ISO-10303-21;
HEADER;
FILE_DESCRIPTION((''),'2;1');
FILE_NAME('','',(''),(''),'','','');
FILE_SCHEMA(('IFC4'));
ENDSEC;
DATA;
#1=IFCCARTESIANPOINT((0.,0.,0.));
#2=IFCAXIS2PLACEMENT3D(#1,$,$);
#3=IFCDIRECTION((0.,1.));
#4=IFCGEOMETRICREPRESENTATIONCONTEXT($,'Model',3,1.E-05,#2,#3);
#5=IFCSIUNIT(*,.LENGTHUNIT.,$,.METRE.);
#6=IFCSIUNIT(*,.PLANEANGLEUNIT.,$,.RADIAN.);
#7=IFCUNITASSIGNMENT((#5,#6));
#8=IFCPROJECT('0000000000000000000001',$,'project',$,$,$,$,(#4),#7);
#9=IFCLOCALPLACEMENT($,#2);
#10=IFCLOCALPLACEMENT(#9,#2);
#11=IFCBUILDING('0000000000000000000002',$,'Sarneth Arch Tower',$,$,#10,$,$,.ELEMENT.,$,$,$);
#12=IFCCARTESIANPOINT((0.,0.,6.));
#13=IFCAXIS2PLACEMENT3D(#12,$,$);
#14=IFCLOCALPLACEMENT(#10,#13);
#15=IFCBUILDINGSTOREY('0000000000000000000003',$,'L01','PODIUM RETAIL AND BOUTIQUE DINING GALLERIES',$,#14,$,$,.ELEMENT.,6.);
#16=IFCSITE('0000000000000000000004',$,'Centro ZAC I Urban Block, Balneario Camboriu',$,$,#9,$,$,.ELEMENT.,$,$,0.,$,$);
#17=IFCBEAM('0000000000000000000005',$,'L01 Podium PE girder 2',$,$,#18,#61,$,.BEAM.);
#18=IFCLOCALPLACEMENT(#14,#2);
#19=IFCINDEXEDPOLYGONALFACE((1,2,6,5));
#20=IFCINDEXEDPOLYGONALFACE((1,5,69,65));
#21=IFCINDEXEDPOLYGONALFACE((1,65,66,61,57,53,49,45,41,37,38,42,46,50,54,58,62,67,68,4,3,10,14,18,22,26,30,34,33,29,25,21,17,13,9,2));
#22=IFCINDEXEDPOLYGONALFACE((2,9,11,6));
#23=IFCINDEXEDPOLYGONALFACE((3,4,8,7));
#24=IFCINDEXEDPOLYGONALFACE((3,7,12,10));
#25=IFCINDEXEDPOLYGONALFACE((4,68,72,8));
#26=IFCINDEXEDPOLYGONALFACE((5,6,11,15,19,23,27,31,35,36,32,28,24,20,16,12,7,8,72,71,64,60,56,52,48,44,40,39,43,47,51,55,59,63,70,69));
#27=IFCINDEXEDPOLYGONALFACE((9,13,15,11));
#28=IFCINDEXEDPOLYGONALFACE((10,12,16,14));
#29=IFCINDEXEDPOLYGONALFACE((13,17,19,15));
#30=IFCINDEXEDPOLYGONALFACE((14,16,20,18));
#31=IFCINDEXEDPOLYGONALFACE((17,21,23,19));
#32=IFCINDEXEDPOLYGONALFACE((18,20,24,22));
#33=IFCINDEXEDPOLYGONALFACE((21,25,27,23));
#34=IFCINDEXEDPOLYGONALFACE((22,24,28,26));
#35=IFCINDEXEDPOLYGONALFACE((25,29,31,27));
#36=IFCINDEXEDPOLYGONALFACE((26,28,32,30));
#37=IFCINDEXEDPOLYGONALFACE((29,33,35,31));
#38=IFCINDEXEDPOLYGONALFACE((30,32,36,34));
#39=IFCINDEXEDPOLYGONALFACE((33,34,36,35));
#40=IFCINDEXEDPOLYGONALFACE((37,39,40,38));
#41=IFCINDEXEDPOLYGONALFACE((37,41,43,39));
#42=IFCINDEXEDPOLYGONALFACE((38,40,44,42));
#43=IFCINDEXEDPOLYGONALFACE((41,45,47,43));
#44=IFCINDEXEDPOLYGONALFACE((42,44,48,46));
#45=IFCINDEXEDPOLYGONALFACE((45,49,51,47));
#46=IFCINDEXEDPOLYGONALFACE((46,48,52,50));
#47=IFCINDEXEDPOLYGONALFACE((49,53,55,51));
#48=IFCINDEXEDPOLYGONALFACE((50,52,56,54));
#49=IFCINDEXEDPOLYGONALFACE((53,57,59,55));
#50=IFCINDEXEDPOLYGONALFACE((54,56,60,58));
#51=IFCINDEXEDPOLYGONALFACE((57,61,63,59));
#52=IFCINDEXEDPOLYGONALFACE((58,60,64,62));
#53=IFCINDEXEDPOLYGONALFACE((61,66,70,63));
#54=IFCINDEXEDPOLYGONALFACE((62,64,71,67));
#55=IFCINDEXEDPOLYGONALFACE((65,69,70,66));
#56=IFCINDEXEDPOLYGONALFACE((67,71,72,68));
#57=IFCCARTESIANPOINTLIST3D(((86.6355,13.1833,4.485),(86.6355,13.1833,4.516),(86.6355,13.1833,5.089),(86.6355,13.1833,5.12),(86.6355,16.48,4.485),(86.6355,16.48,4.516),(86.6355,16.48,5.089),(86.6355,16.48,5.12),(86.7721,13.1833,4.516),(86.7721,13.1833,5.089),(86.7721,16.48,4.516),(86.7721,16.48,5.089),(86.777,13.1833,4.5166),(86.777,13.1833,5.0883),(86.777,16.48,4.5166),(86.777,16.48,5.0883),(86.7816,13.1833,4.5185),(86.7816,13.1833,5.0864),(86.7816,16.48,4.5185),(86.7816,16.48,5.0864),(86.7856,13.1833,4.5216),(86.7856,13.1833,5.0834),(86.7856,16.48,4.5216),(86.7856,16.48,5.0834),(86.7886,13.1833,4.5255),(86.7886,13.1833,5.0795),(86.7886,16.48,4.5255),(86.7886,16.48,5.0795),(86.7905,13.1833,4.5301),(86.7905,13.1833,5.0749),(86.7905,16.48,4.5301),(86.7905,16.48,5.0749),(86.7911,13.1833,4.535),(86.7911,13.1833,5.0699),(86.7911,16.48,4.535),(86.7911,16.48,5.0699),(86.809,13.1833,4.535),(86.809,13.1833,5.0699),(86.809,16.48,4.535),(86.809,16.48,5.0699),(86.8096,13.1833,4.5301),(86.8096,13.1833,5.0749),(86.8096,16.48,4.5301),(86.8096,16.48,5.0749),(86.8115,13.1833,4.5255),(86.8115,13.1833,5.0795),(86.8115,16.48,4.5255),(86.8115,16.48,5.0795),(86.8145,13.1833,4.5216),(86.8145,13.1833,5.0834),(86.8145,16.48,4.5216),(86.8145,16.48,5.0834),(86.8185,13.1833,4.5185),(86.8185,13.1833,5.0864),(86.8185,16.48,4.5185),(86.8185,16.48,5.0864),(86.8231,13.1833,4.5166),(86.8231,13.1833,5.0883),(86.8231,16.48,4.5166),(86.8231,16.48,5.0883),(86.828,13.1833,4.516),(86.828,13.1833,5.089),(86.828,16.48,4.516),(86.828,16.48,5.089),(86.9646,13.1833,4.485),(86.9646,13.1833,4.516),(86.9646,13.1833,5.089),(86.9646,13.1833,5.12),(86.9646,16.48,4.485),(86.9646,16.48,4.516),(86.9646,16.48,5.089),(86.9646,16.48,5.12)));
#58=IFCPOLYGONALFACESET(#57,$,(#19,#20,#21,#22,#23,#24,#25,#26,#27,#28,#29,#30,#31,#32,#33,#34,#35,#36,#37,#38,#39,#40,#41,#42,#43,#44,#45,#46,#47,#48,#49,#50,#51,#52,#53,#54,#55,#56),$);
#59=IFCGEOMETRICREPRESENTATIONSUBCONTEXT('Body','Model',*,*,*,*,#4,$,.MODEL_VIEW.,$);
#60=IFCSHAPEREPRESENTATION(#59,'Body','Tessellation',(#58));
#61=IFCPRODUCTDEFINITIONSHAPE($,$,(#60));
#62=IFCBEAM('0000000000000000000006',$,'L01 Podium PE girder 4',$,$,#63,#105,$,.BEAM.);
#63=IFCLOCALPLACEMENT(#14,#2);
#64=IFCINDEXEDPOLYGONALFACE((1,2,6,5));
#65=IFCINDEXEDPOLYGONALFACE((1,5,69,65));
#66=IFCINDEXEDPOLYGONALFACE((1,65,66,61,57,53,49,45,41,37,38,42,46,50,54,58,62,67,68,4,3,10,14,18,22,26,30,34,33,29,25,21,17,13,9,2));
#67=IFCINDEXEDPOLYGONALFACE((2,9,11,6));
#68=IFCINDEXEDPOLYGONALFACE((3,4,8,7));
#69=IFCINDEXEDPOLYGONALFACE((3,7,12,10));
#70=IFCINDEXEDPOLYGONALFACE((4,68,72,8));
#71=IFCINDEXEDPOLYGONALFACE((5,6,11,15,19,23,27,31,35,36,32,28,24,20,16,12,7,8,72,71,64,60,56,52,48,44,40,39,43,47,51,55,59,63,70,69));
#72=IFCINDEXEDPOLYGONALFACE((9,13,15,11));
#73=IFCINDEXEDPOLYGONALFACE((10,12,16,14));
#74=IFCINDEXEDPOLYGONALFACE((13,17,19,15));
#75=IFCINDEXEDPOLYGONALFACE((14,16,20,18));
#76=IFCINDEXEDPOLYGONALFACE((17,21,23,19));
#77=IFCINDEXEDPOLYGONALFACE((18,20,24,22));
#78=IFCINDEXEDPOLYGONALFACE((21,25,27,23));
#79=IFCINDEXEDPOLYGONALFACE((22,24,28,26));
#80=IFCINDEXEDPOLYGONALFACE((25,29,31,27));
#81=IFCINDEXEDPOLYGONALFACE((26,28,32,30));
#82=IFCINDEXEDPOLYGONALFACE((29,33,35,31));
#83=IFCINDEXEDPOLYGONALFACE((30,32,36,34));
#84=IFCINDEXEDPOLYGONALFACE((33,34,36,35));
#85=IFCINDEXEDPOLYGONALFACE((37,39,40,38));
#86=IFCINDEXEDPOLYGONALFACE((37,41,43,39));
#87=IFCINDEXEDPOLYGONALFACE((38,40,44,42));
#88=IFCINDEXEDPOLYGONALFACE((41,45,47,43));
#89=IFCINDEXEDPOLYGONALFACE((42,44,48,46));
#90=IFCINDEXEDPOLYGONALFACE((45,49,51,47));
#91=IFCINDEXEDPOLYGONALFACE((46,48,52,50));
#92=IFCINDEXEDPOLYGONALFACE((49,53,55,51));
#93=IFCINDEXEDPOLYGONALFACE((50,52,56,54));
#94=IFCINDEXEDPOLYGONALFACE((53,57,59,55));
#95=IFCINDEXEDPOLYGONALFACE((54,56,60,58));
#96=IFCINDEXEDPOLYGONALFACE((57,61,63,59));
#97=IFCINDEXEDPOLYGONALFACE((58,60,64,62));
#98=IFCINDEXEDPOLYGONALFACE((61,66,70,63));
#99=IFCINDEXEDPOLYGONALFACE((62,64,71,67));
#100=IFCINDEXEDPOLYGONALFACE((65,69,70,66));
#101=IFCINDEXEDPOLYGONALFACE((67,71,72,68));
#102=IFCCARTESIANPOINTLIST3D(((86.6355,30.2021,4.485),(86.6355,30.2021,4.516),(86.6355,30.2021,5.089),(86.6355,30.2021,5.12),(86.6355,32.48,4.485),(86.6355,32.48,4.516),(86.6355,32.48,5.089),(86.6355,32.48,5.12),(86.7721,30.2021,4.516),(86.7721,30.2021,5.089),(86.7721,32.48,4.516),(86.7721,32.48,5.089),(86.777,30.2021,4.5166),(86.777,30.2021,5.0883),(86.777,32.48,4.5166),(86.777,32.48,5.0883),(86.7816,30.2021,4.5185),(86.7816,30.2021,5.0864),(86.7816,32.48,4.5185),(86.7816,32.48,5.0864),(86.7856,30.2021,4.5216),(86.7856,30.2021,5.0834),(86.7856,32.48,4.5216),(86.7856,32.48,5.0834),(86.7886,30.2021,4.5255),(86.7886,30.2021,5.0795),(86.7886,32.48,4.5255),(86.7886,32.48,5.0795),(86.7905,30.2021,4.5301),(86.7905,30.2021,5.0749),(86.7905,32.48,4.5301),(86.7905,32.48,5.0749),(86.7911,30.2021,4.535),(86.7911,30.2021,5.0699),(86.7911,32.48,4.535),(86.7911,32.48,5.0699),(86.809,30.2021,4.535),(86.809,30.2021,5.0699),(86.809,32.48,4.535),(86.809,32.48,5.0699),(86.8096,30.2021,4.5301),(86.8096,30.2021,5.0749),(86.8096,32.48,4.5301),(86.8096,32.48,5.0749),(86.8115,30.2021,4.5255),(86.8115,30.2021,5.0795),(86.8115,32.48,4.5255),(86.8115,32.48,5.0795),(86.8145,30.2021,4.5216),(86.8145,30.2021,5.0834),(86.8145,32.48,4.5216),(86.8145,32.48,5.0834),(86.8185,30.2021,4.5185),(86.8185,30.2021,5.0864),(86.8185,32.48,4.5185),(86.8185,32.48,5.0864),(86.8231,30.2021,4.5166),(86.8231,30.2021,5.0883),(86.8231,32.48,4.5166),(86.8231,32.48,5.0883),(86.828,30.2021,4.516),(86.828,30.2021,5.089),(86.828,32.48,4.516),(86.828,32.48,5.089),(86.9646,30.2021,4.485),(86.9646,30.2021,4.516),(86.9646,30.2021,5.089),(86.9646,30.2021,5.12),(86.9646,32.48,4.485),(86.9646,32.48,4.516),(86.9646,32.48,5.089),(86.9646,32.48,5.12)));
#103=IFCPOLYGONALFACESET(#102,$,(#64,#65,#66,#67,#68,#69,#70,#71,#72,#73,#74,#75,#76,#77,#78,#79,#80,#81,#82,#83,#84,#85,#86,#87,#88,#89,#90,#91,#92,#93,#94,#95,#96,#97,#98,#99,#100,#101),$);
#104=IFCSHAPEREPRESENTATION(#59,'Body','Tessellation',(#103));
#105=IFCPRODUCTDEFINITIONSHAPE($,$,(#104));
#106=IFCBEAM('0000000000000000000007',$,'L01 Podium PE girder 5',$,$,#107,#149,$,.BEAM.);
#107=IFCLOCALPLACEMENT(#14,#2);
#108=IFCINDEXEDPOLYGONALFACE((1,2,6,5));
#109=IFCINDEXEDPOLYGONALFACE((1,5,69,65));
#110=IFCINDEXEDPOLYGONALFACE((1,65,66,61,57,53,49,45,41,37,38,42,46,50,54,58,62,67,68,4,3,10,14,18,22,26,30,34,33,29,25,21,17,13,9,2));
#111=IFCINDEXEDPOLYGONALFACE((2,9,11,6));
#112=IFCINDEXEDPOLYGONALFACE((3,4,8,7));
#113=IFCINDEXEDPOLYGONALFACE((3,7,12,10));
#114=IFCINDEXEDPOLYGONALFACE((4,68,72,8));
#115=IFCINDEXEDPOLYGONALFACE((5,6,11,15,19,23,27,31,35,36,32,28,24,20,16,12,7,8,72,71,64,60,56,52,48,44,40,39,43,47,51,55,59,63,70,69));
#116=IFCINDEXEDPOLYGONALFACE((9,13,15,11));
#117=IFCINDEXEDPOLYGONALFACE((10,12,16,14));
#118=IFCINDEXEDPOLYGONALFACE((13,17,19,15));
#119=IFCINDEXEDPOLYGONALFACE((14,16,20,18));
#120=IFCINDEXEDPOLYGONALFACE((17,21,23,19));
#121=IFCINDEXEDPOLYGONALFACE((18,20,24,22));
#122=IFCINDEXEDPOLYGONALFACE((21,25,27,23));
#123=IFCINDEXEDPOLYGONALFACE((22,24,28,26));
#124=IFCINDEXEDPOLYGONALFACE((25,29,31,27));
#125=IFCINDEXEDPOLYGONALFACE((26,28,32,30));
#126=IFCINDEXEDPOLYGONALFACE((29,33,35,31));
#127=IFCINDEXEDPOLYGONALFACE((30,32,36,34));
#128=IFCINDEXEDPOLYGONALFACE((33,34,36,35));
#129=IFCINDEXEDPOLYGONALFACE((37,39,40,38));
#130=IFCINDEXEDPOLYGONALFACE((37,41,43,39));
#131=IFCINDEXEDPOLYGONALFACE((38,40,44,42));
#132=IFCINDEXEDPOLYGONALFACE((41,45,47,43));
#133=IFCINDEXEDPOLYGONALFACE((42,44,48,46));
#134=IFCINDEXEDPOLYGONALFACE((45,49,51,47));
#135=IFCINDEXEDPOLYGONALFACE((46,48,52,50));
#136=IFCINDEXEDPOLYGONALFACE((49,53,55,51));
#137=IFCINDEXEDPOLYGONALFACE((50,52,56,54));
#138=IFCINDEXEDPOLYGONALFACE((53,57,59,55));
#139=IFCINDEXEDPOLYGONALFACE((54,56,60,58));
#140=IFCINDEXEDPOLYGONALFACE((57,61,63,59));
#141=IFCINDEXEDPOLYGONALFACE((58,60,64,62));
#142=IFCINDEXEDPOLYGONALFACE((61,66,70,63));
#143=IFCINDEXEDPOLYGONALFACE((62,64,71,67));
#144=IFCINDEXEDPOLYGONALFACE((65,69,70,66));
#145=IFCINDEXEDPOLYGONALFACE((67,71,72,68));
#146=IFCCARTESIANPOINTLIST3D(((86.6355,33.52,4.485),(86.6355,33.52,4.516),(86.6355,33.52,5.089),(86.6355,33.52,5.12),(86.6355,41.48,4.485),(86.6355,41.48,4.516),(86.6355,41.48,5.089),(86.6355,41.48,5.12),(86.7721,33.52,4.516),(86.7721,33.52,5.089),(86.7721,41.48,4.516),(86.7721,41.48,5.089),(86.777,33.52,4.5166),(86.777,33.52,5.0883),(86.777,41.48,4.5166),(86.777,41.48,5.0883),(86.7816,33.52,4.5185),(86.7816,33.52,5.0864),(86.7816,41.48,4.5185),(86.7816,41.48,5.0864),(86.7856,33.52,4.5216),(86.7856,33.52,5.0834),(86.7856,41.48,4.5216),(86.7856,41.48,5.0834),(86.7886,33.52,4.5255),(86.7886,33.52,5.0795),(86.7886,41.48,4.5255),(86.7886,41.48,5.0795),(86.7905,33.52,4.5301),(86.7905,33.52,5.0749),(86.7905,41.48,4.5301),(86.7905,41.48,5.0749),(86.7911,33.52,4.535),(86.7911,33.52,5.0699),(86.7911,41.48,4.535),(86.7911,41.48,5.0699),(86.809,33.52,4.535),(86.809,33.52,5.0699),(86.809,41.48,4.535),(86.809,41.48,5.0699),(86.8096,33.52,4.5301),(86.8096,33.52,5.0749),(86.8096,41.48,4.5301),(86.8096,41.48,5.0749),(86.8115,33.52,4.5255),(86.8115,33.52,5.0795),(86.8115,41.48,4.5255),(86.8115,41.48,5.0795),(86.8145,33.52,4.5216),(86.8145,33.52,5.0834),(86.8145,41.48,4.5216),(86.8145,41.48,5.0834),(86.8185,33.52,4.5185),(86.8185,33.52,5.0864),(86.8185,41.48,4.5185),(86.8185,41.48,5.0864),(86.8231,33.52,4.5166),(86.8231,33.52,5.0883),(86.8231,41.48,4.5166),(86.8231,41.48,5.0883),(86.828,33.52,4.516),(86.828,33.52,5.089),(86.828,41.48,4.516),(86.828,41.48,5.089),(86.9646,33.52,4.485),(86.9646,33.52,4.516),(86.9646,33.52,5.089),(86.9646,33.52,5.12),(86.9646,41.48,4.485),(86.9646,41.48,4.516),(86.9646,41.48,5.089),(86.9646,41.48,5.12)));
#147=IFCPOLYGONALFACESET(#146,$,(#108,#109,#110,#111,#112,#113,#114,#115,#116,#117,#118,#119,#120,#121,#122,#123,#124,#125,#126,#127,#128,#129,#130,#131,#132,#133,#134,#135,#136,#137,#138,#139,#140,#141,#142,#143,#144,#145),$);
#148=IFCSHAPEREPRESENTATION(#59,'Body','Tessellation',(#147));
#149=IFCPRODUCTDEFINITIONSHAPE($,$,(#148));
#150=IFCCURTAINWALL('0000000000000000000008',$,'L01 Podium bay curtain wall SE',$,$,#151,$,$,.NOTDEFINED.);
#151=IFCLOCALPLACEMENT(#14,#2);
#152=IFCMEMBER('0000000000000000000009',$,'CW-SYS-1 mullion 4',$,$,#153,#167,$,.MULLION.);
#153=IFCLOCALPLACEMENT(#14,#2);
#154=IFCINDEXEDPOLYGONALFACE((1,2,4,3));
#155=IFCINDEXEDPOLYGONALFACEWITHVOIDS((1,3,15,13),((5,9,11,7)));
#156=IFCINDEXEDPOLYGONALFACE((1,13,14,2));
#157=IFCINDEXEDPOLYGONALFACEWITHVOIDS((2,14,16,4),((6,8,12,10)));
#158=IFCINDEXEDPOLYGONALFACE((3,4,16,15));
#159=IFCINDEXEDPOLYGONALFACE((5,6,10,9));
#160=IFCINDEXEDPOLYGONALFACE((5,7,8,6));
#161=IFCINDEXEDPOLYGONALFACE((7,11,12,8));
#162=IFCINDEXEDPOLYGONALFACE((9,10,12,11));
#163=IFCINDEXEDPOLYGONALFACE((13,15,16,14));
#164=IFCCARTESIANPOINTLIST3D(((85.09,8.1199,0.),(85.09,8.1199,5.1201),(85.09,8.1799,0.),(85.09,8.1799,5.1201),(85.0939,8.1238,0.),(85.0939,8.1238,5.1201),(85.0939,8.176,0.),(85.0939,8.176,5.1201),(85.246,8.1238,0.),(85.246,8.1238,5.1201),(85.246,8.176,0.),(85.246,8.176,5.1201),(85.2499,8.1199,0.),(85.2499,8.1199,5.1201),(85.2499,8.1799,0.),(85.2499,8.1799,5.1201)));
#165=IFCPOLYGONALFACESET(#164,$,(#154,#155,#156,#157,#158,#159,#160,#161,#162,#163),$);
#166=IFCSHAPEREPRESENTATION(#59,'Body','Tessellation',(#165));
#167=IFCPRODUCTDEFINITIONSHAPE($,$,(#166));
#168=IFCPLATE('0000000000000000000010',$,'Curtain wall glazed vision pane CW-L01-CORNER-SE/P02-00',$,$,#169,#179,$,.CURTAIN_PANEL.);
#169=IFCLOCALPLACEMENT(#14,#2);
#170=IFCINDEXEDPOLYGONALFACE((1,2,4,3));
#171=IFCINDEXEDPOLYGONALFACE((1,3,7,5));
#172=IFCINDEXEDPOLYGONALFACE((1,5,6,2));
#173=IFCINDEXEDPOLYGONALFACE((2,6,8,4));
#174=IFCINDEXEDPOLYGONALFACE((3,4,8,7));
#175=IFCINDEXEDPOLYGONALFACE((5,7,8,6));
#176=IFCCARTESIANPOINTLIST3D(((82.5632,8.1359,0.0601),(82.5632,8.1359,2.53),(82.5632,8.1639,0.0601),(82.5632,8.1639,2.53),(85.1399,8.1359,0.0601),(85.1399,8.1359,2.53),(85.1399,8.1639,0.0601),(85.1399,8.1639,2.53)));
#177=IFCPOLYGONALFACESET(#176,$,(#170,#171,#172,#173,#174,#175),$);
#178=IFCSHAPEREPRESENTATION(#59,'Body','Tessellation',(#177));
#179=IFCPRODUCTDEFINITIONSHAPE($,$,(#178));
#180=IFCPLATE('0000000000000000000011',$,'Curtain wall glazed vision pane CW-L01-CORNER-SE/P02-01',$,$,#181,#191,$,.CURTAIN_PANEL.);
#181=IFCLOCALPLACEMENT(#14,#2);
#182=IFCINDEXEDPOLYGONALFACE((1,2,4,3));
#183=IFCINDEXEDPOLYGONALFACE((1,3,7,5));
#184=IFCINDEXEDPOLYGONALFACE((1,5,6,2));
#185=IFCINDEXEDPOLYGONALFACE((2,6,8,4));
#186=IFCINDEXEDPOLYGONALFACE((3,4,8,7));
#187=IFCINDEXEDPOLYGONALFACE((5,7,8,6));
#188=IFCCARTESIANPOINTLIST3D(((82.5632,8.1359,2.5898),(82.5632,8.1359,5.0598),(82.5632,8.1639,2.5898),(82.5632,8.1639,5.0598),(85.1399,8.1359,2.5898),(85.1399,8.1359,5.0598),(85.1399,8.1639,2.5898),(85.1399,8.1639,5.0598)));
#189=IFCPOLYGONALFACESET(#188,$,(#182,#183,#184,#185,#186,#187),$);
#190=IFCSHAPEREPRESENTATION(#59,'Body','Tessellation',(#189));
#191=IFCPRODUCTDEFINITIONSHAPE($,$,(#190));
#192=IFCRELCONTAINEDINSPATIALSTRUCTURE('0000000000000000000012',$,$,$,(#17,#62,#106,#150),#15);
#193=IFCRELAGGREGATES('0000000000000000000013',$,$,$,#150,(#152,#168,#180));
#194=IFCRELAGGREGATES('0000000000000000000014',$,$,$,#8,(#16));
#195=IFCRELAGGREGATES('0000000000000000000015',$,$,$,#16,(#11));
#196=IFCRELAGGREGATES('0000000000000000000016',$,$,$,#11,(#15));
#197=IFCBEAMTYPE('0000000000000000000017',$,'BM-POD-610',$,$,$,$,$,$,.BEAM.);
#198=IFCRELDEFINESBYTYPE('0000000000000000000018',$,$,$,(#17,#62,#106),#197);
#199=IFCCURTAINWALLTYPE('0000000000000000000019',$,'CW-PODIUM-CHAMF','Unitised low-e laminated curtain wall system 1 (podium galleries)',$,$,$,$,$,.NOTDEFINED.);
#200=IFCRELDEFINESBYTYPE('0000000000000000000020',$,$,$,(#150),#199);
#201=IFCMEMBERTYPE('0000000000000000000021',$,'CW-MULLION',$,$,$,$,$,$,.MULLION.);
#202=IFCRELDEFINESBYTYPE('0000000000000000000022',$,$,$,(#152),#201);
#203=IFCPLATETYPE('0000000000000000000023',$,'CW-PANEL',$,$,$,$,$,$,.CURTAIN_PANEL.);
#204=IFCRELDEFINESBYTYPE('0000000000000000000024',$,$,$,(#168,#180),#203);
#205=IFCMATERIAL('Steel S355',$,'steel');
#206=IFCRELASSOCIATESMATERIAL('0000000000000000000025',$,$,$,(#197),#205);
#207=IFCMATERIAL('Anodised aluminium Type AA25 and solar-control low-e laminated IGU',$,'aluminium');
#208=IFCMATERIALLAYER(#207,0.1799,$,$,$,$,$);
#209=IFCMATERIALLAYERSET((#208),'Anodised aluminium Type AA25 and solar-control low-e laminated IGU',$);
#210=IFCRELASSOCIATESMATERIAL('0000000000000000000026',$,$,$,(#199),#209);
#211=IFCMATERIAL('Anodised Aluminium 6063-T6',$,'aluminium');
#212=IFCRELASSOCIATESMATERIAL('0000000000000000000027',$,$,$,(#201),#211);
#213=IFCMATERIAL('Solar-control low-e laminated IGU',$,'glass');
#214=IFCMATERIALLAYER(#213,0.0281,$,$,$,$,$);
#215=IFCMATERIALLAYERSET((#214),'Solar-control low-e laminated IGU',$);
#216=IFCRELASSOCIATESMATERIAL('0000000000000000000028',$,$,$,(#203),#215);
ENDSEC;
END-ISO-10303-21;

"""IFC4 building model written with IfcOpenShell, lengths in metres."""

from ifc_helpers import new_model, si_unit, direction, frame, origin, origin_2d, place, context, subcontext, project, spatial, rectangle, hollow_rectangle, i_section, extrude, material, layer, layer_set, material_profile, profile_set, type_object, element, aggregate, save


model = new_model("IFC4")

# Units and contexts
model_context = context("Model", 3, precision=1e-05, world=origin(), true_north=direction((0.0, 1.0)))
body_context = subcontext(model_context, "Body", "Model", "MODEL_VIEW")
ifc_project = project(units=[si_unit("LENGTHUNIT", "METRE"), si_unit("PLANEANGLEUNIT", "RADIAN")], contexts=[model_context])

# Site, building, storey
site_placement = place(None, origin())
site = spatial("IfcSite", under=ifc_project, at=site_placement, Name="Centro ZAC I Urban Block, Balneario Camboriu", CompositionType="ELEMENT", RefElevation=0.0)
building_placement = place(site_placement, origin())
building = spatial("IfcBuilding", under=site, at=building_placement, Name="Sarneth Arch Tower", CompositionType="ELEMENT")
storey_placement = place(building_placement, frame((0.0, 0.0, 6.0)))
storey = spatial("IfcBuildingStorey", under=building, at=storey_placement, Name="L01", Description="PODIUM RETAIL AND BOUTIQUE DINING GALLERIES", CompositionType="ELEMENT", Elevation=6.0)

# Beams
ifc_material_1 = material(Name="Steel S355", Category="steel")
ifc_material_profile_1 = material_profile(ifc_material_1, i_section(OverallWidth=0.3291, OverallDepth=0.635, WebThickness=0.0178, FlangeThickness=0.031, FilletRadius=0.019, at=origin_2d()), Name="W610x241")
ifc_profile_set_1 = profile_set([ifc_material_profile_1], Name="Steel S355")
beam_type = type_object("IfcBeamType", Name="BM-POD-610", PredefinedType="BEAM", material=ifc_profile_set_1)
beam_1_placement = place(storey_placement, frame((86.8, 13.1833, 4.8025), z_axis=(0.0, 1.0, 0.0), x_axis=(-1.0, 0.0, 0.0)))
element("IfcBeam", 1, at=beam_1_placement, inside=storey, type_object=beam_type, Name="L01 Podium PE girder 2", PredefinedType="BEAM", context=body_context, shape_type="SweptSolid", body=[
    extrude(i_section(OverallWidth=0.3291, OverallDepth=0.635, WebThickness=0.0178, FlangeThickness=0.031, FilletRadius=0.019, at=origin_2d()), origin(), (0.0, 0.0, 1.0), 3.2966),
])
beam_2_placement = place(storey_placement, frame((86.8, 30.2021, 4.8025), z_axis=(0.0, 1.0, 0.0), x_axis=(-1.0, 0.0, 0.0)))
element("IfcBeam", 2, at=beam_2_placement, inside=storey, type_object=beam_type, Name="L01 Podium PE girder 4", PredefinedType="BEAM", context=body_context, shape_type="SweptSolid", body=[
    extrude(i_section(OverallWidth=0.3291, OverallDepth=0.635, WebThickness=0.0178, FlangeThickness=0.031, FilletRadius=0.019, at=origin_2d()), origin(), (0.0, 0.0, 1.0), 2.2778),
])
beam_3_placement = place(storey_placement, frame((86.8, 33.52, 4.8025), z_axis=(0.0, 1.0, 0.0), x_axis=(-1.0, 0.0, 0.0)))
element("IfcBeam", 3, at=beam_3_placement, inside=storey, type_object=beam_type, Name="L01 Podium PE girder 5", PredefinedType="BEAM", context=body_context, shape_type="SweptSolid", body=[
    extrude(i_section(OverallWidth=0.3291, OverallDepth=0.635, WebThickness=0.0178, FlangeThickness=0.031, FilletRadius=0.019, at=origin_2d()), origin(), (0.0, 0.0, 1.0), 7.96),
])

# Curtain wall, member, plates
ifc_material_2 = material(Name="Anodised aluminium Type AA25 and solar-control low-e laminated IGU", Category="aluminium")
ifc_layer_1 = layer(ifc_material_2, 0.1799)
ifc_layer_set_1 = layer_set([ifc_layer_1], Name="Anodised aluminium Type AA25 and solar-control low-e laminated IGU")
curtain_wall_type = type_object("IfcCurtainWallType", Name="CW-PODIUM-CHAMF", Description="Unitised low-e laminated curtain wall system 1 (podium galleries)", PredefinedType="NOTDEFINED", material=ifc_layer_set_1)
curtain_wall_placement = place(storey_placement, origin())
curtain_wall = element("IfcCurtainWall", 4, at=curtain_wall_placement, inside=storey, type_object=curtain_wall_type, Name="L01 Podium bay curtain wall SE", PredefinedType="NOTDEFINED")
ifc_material_3 = material(Name="Anodised Aluminium 6063-T6", Category="aluminium")
ifc_material_profile_2 = material_profile(ifc_material_3, hollow_rectangle(XDim=0.0601, YDim=0.1599, WallThickness=0.0039, at=origin_2d()), Name="AL-MULL-160x60x4")
ifc_profile_set_2 = profile_set([ifc_material_profile_2], Name="Anodised Aluminium 6063-T6")
member_type = type_object("IfcMemberType", Name="CW-MULLION", PredefinedType="MULLION", material=ifc_profile_set_2)
member_placement = place(storey_placement, frame((85.1699, 8.1499, 0.0), z_axis=(0.0, 0.0, 1.0), x_axis=(0.0, 1.0, 0.0)))
member = element("IfcMember", 5, at=member_placement, type_object=member_type, Name="CW-SYS-1 mullion 4", PredefinedType="MULLION", context=body_context, shape_type="SweptSolid", body=[
    extrude(hollow_rectangle(XDim=0.0601, YDim=0.1599, WallThickness=0.0039, at=origin_2d()), origin(), (0.0, 0.0, 1.0), 5.1201),
])
ifc_material_4 = material(Name="Solar-control low-e laminated IGU", Category="glass")
ifc_layer_2 = layer(ifc_material_4, 0.0281)
ifc_layer_set_2 = layer_set([ifc_layer_2], Name="Solar-control low-e laminated IGU")
plate_type = type_object("IfcPlateType", Name="CW-PANEL", PredefinedType="CURTAIN_PANEL", material=ifc_layer_set_2)
plate_1_placement = place(storey_placement, frame((83.8516, 8.1499, 0.0601), z_axis=(0.0, 0.0, 1.0), x_axis=(1.0, 0.0, 0.0)))
plate_1 = element("IfcPlate", 6, at=plate_1_placement, type_object=plate_type, Name="Curtain wall glazed vision pane CW-L01-CORNER-SE/P02-00", PredefinedType="CURTAIN_PANEL", context=body_context, shape_type="SweptSolid", body=[
    extrude(rectangle(XDim=2.5767, YDim=0.0281, at=origin_2d()), origin(), (0.0, 0.0, 1.0), 2.47),
])
plate_2_placement = place(storey_placement, frame((83.8516, 8.1499, 2.5898), z_axis=(0.0, 0.0, 1.0), x_axis=(1.0, 0.0, 0.0)))
plate_2 = element("IfcPlate", 7, at=plate_2_placement, type_object=plate_type, Name="Curtain wall glazed vision pane CW-L01-CORNER-SE/P02-01", PredefinedType="CURTAIN_PANEL", context=body_context, shape_type="SweptSolid", body=[
    extrude(rectangle(XDim=2.5767, YDim=0.0281, at=origin_2d()), origin(), (0.0, 0.0, 1.0), 2.47),
])
aggregate(curtain_wall, [member, plate_1, plate_2])

save(model, "model.ifc")
